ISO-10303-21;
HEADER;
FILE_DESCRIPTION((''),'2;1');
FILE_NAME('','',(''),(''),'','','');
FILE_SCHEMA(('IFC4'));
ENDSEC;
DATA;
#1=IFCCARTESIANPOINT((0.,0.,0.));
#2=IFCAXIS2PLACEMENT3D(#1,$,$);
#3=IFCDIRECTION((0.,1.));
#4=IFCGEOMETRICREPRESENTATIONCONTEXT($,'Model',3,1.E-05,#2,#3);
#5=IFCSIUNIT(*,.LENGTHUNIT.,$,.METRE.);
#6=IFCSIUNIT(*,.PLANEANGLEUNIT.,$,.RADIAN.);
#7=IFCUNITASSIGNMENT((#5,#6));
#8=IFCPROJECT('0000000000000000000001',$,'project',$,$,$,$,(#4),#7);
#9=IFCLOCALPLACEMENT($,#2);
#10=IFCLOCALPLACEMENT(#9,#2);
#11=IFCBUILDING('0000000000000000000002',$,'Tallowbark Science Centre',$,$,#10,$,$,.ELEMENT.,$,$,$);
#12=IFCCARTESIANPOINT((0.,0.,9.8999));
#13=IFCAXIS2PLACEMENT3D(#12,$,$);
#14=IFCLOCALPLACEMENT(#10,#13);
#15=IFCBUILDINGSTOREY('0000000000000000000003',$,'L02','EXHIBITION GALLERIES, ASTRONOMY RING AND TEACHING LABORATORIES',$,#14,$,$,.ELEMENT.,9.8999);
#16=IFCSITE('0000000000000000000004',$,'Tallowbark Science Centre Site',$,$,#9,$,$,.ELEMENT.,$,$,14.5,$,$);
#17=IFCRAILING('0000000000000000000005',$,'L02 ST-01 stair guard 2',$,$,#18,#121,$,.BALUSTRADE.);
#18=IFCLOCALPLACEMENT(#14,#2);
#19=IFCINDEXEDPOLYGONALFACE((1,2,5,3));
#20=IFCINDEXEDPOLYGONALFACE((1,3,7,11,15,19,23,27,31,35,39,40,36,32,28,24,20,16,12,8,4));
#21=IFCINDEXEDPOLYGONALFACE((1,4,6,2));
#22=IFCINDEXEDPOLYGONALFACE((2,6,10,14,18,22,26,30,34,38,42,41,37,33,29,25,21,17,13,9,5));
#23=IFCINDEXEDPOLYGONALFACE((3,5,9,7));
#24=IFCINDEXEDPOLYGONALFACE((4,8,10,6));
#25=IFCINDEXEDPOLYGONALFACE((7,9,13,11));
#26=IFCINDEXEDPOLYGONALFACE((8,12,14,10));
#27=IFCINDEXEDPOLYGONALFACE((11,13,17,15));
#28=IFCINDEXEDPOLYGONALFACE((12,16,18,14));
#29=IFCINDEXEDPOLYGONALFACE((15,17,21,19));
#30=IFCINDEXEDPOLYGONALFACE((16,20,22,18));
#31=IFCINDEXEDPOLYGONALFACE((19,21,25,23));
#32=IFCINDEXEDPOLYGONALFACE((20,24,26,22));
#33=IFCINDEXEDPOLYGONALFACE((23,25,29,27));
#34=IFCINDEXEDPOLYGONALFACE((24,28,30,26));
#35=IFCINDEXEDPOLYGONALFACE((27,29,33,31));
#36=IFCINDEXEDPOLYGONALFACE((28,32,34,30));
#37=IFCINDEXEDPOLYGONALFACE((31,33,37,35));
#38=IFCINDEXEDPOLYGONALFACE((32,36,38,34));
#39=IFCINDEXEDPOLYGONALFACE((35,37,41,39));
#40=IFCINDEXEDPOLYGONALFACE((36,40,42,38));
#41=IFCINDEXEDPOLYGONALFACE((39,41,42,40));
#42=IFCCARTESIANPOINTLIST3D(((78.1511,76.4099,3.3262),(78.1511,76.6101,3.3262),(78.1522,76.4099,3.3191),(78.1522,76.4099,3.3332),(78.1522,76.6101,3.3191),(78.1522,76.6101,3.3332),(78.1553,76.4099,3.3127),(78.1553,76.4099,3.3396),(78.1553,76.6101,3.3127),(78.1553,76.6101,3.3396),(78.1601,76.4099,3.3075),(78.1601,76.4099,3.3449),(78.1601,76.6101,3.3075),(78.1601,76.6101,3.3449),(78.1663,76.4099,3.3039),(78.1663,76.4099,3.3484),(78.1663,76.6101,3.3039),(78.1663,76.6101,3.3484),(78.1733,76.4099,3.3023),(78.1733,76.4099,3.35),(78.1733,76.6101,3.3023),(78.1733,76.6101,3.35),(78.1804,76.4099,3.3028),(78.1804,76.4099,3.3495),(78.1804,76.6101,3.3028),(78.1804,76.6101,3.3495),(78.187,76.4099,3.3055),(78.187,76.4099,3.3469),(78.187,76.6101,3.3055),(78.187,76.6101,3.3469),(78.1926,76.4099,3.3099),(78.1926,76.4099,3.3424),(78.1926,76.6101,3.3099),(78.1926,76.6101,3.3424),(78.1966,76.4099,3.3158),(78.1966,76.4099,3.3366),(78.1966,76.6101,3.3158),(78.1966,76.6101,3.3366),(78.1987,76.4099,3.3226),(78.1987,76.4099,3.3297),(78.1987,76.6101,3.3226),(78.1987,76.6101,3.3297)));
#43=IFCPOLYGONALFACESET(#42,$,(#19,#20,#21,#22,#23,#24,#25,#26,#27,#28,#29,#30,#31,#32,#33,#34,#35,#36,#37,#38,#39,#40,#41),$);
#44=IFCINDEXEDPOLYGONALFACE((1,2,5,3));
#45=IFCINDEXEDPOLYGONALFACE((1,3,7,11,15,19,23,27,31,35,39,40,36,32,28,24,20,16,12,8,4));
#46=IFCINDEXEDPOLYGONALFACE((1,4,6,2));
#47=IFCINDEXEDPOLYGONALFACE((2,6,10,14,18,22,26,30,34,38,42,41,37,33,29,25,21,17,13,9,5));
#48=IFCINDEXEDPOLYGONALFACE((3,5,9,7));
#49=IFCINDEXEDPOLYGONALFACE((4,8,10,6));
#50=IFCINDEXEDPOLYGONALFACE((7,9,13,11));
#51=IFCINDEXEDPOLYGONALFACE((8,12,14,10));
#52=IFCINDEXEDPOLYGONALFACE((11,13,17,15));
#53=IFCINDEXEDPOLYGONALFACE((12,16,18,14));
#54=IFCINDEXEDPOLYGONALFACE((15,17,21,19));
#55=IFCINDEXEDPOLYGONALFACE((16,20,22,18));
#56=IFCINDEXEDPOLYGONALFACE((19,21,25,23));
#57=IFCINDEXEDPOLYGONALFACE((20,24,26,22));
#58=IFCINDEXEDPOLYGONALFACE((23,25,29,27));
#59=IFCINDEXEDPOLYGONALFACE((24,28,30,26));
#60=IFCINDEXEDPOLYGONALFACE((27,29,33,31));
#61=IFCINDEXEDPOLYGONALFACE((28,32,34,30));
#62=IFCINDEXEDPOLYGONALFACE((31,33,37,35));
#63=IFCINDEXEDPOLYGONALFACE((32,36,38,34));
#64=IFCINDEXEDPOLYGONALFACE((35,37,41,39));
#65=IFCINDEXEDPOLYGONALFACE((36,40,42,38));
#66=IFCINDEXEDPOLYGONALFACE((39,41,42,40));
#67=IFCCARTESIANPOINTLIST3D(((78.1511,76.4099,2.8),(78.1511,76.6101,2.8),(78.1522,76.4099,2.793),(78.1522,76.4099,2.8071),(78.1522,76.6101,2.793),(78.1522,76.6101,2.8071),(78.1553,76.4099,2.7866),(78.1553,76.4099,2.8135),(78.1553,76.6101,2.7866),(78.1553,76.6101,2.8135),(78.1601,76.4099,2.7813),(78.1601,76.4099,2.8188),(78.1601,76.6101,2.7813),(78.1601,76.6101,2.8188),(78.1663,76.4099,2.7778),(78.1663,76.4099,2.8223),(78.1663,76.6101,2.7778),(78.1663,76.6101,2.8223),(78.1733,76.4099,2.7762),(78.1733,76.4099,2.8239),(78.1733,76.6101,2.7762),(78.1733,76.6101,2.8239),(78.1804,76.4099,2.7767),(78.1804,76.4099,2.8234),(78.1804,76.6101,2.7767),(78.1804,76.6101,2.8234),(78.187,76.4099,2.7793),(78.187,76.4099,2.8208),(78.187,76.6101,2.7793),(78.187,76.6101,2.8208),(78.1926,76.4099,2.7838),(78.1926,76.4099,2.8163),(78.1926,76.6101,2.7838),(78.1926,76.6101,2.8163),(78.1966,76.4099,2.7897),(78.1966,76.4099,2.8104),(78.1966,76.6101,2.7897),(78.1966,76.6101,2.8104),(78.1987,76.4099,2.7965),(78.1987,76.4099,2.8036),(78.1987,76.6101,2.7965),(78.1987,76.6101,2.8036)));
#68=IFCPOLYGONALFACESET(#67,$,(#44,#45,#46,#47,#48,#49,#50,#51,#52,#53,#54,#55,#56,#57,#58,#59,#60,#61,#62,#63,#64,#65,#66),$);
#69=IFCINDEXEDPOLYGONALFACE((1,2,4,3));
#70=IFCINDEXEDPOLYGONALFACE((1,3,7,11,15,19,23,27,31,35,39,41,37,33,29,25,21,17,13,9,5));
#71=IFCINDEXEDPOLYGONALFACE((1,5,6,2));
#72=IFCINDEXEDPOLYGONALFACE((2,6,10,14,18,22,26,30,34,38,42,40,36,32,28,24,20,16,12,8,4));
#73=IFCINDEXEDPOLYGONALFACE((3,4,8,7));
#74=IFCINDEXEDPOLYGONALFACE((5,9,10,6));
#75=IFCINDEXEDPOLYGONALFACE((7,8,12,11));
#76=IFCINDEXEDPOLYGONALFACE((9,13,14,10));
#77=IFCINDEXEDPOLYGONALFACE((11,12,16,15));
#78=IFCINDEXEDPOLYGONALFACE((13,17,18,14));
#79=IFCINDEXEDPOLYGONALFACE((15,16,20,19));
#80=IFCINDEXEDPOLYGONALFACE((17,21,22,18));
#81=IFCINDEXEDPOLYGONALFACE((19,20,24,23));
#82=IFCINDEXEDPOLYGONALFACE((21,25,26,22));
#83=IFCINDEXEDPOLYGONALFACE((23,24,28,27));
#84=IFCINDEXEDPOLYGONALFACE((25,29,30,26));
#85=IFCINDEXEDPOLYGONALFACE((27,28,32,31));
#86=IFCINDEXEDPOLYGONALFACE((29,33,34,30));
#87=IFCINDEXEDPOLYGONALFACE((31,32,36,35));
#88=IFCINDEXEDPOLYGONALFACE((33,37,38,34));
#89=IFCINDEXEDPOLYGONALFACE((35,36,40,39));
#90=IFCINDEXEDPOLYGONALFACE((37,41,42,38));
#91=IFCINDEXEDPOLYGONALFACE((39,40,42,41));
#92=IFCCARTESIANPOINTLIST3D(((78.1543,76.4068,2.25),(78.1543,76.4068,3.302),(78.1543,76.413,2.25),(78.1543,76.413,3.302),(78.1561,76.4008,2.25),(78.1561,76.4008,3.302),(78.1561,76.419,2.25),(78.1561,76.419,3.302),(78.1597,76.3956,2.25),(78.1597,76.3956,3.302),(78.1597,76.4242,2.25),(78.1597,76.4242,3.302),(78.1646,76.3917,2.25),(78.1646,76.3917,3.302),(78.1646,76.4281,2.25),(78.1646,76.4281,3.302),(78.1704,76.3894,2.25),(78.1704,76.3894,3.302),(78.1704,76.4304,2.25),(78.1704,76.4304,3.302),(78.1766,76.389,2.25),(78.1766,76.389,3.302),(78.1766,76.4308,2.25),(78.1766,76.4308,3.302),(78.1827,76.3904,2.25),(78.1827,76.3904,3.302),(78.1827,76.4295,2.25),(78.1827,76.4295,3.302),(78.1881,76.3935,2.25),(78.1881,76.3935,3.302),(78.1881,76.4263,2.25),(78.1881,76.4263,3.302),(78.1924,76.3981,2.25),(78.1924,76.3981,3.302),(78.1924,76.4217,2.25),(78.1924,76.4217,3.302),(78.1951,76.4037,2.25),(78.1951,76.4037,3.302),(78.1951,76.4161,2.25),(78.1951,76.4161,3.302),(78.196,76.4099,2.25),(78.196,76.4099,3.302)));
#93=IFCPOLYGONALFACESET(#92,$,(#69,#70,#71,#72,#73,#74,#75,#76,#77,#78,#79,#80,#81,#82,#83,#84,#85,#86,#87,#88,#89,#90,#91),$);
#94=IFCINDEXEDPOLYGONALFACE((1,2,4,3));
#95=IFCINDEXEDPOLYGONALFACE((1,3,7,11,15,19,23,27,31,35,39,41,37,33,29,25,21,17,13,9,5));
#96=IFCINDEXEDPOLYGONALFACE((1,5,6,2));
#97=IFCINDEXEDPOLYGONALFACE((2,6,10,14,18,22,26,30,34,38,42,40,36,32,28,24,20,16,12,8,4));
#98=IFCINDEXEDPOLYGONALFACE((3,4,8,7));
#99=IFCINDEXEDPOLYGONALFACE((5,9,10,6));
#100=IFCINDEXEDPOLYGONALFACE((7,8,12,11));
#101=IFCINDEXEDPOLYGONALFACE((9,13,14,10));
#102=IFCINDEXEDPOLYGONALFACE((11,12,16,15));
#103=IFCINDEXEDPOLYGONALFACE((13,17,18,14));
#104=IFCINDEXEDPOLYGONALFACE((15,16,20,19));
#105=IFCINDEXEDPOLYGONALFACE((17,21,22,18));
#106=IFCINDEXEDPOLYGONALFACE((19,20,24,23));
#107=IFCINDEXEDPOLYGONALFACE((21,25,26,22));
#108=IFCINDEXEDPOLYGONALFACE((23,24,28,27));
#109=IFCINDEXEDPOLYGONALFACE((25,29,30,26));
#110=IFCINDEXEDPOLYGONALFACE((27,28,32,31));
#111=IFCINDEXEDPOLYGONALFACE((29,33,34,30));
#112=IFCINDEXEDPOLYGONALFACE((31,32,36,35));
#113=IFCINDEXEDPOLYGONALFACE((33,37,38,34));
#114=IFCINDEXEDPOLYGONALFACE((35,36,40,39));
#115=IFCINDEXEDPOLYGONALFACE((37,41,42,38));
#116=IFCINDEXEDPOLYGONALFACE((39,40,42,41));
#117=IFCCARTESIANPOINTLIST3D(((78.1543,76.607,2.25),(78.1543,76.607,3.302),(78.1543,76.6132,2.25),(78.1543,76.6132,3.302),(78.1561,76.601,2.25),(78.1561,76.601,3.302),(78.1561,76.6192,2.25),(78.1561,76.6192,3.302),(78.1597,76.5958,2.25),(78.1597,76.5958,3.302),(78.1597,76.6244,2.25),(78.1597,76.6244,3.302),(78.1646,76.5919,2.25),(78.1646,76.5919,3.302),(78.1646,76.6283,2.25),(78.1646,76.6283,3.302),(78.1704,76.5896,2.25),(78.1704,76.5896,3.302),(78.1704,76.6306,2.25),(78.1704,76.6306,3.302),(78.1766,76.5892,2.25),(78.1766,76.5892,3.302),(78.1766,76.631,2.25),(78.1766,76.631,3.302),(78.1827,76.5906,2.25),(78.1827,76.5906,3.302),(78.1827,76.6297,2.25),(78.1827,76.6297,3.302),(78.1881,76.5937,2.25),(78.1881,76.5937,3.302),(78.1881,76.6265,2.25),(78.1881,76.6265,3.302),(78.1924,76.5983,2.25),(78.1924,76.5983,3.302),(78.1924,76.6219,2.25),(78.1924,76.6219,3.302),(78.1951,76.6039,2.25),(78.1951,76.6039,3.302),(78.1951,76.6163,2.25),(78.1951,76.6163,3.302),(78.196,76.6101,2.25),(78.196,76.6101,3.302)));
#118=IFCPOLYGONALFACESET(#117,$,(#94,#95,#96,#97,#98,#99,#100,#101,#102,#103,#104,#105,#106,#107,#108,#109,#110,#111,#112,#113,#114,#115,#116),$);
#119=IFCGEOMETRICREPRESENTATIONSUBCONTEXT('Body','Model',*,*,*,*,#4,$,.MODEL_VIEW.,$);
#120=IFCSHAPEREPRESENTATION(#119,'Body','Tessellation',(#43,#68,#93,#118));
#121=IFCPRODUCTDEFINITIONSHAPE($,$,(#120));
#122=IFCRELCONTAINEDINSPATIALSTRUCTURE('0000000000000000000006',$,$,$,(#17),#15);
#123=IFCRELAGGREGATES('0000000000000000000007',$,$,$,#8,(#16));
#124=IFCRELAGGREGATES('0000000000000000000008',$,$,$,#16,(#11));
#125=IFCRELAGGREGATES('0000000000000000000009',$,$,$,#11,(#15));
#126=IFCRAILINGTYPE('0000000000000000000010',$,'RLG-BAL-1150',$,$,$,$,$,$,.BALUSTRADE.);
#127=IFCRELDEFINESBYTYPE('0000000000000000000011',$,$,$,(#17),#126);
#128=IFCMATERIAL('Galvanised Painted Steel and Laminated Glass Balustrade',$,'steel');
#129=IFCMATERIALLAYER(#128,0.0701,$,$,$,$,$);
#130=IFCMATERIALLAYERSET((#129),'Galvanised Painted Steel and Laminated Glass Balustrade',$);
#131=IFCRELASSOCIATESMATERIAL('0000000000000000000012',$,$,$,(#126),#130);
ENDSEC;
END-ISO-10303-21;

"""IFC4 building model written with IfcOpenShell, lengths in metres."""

from ifc_helpers import new_model, si_unit, direction, frame, origin, origin_2d, place, context, subcontext, project, spatial, circle, extrude, material, layer, layer_set, type_object, element, save


model = new_model("IFC4")

# Units and contexts
model_context = context("Model", 3, precision=1e-05, world=origin(), true_north=direction((0.0, 1.0)))
body_context = subcontext(model_context, "Body", "Model", "MODEL_VIEW")
ifc_project = project(units=[si_unit("LENGTHUNIT", "METRE"), si_unit("PLANEANGLEUNIT", "RADIAN")], contexts=[model_context])

# Site, building, storey
site_placement = place(None, origin())
site = spatial("IfcSite", under=ifc_project, at=site_placement, Name="Tallowbark Science Centre Site", CompositionType="ELEMENT", RefElevation=14.5)
building_placement = place(site_placement, origin())
building = spatial("IfcBuilding", under=site, at=building_placement, Name="Tallowbark Science Centre", CompositionType="ELEMENT")
storey_placement = place(building_placement, frame((0.0, 0.0, 9.8999)))
storey = spatial("IfcBuildingStorey", under=building, at=storey_placement, Name="L02", Description="EXHIBITION GALLERIES, ASTRONOMY RING AND TEACHING LABORATORIES", CompositionType="ELEMENT", Elevation=9.8999)

# Railing
ifc_material_1 = material(Name="Galvanised Painted Steel and Laminated Glass Balustrade", Category="steel")
ifc_layer_1 = layer(ifc_material_1, 0.0701)
ifc_layer_set_1 = layer_set([ifc_layer_1], Name="Galvanised Painted Steel and Laminated Glass Balustrade")
railing_type_1 = type_object("IfcRailingType", Name="RLG-BAL-1150", PredefinedType="BALUSTRADE", material=ifc_layer_set_1)
railing_1_placement = place(storey_placement, frame((78.175, 76.4099, 2.25)))
element("IfcRailing", 1, at=railing_1_placement, inside=storey, type_object=railing_type_1, Name="L02 ST-01 stair guard 2", PredefinedType="BALUSTRADE", context=body_context, shape_type="SweptSolid", body=[
    extrude(circle(Radius=0.0239, at=origin_2d()), frame((0.0, 0.0, 1.0762), z_axis=(0.0, 1.0, 0.0), x_axis=(-1.0, 0.0, 0.0)), (0.0, 0.0, 1.0), 0.2002),
    extrude(circle(Radius=0.0239, at=origin_2d()), frame((0.0, 0.0, 0.55), z_axis=(0.0, 1.0, 0.0), x_axis=(-1.0, 0.0, 0.0)), (0.0, 0.0, 1.0), 0.2002),
    extrude(circle(Radius=0.021, at=origin_2d()), origin(), (0.0, 0.0, 1.0), 1.052),
    extrude(circle(Radius=0.021, at=origin_2d()), frame((0.0, 0.2002, 0.0)), (0.0, 0.0, 1.0), 1.052),
])

save(model, "model.ifc")
